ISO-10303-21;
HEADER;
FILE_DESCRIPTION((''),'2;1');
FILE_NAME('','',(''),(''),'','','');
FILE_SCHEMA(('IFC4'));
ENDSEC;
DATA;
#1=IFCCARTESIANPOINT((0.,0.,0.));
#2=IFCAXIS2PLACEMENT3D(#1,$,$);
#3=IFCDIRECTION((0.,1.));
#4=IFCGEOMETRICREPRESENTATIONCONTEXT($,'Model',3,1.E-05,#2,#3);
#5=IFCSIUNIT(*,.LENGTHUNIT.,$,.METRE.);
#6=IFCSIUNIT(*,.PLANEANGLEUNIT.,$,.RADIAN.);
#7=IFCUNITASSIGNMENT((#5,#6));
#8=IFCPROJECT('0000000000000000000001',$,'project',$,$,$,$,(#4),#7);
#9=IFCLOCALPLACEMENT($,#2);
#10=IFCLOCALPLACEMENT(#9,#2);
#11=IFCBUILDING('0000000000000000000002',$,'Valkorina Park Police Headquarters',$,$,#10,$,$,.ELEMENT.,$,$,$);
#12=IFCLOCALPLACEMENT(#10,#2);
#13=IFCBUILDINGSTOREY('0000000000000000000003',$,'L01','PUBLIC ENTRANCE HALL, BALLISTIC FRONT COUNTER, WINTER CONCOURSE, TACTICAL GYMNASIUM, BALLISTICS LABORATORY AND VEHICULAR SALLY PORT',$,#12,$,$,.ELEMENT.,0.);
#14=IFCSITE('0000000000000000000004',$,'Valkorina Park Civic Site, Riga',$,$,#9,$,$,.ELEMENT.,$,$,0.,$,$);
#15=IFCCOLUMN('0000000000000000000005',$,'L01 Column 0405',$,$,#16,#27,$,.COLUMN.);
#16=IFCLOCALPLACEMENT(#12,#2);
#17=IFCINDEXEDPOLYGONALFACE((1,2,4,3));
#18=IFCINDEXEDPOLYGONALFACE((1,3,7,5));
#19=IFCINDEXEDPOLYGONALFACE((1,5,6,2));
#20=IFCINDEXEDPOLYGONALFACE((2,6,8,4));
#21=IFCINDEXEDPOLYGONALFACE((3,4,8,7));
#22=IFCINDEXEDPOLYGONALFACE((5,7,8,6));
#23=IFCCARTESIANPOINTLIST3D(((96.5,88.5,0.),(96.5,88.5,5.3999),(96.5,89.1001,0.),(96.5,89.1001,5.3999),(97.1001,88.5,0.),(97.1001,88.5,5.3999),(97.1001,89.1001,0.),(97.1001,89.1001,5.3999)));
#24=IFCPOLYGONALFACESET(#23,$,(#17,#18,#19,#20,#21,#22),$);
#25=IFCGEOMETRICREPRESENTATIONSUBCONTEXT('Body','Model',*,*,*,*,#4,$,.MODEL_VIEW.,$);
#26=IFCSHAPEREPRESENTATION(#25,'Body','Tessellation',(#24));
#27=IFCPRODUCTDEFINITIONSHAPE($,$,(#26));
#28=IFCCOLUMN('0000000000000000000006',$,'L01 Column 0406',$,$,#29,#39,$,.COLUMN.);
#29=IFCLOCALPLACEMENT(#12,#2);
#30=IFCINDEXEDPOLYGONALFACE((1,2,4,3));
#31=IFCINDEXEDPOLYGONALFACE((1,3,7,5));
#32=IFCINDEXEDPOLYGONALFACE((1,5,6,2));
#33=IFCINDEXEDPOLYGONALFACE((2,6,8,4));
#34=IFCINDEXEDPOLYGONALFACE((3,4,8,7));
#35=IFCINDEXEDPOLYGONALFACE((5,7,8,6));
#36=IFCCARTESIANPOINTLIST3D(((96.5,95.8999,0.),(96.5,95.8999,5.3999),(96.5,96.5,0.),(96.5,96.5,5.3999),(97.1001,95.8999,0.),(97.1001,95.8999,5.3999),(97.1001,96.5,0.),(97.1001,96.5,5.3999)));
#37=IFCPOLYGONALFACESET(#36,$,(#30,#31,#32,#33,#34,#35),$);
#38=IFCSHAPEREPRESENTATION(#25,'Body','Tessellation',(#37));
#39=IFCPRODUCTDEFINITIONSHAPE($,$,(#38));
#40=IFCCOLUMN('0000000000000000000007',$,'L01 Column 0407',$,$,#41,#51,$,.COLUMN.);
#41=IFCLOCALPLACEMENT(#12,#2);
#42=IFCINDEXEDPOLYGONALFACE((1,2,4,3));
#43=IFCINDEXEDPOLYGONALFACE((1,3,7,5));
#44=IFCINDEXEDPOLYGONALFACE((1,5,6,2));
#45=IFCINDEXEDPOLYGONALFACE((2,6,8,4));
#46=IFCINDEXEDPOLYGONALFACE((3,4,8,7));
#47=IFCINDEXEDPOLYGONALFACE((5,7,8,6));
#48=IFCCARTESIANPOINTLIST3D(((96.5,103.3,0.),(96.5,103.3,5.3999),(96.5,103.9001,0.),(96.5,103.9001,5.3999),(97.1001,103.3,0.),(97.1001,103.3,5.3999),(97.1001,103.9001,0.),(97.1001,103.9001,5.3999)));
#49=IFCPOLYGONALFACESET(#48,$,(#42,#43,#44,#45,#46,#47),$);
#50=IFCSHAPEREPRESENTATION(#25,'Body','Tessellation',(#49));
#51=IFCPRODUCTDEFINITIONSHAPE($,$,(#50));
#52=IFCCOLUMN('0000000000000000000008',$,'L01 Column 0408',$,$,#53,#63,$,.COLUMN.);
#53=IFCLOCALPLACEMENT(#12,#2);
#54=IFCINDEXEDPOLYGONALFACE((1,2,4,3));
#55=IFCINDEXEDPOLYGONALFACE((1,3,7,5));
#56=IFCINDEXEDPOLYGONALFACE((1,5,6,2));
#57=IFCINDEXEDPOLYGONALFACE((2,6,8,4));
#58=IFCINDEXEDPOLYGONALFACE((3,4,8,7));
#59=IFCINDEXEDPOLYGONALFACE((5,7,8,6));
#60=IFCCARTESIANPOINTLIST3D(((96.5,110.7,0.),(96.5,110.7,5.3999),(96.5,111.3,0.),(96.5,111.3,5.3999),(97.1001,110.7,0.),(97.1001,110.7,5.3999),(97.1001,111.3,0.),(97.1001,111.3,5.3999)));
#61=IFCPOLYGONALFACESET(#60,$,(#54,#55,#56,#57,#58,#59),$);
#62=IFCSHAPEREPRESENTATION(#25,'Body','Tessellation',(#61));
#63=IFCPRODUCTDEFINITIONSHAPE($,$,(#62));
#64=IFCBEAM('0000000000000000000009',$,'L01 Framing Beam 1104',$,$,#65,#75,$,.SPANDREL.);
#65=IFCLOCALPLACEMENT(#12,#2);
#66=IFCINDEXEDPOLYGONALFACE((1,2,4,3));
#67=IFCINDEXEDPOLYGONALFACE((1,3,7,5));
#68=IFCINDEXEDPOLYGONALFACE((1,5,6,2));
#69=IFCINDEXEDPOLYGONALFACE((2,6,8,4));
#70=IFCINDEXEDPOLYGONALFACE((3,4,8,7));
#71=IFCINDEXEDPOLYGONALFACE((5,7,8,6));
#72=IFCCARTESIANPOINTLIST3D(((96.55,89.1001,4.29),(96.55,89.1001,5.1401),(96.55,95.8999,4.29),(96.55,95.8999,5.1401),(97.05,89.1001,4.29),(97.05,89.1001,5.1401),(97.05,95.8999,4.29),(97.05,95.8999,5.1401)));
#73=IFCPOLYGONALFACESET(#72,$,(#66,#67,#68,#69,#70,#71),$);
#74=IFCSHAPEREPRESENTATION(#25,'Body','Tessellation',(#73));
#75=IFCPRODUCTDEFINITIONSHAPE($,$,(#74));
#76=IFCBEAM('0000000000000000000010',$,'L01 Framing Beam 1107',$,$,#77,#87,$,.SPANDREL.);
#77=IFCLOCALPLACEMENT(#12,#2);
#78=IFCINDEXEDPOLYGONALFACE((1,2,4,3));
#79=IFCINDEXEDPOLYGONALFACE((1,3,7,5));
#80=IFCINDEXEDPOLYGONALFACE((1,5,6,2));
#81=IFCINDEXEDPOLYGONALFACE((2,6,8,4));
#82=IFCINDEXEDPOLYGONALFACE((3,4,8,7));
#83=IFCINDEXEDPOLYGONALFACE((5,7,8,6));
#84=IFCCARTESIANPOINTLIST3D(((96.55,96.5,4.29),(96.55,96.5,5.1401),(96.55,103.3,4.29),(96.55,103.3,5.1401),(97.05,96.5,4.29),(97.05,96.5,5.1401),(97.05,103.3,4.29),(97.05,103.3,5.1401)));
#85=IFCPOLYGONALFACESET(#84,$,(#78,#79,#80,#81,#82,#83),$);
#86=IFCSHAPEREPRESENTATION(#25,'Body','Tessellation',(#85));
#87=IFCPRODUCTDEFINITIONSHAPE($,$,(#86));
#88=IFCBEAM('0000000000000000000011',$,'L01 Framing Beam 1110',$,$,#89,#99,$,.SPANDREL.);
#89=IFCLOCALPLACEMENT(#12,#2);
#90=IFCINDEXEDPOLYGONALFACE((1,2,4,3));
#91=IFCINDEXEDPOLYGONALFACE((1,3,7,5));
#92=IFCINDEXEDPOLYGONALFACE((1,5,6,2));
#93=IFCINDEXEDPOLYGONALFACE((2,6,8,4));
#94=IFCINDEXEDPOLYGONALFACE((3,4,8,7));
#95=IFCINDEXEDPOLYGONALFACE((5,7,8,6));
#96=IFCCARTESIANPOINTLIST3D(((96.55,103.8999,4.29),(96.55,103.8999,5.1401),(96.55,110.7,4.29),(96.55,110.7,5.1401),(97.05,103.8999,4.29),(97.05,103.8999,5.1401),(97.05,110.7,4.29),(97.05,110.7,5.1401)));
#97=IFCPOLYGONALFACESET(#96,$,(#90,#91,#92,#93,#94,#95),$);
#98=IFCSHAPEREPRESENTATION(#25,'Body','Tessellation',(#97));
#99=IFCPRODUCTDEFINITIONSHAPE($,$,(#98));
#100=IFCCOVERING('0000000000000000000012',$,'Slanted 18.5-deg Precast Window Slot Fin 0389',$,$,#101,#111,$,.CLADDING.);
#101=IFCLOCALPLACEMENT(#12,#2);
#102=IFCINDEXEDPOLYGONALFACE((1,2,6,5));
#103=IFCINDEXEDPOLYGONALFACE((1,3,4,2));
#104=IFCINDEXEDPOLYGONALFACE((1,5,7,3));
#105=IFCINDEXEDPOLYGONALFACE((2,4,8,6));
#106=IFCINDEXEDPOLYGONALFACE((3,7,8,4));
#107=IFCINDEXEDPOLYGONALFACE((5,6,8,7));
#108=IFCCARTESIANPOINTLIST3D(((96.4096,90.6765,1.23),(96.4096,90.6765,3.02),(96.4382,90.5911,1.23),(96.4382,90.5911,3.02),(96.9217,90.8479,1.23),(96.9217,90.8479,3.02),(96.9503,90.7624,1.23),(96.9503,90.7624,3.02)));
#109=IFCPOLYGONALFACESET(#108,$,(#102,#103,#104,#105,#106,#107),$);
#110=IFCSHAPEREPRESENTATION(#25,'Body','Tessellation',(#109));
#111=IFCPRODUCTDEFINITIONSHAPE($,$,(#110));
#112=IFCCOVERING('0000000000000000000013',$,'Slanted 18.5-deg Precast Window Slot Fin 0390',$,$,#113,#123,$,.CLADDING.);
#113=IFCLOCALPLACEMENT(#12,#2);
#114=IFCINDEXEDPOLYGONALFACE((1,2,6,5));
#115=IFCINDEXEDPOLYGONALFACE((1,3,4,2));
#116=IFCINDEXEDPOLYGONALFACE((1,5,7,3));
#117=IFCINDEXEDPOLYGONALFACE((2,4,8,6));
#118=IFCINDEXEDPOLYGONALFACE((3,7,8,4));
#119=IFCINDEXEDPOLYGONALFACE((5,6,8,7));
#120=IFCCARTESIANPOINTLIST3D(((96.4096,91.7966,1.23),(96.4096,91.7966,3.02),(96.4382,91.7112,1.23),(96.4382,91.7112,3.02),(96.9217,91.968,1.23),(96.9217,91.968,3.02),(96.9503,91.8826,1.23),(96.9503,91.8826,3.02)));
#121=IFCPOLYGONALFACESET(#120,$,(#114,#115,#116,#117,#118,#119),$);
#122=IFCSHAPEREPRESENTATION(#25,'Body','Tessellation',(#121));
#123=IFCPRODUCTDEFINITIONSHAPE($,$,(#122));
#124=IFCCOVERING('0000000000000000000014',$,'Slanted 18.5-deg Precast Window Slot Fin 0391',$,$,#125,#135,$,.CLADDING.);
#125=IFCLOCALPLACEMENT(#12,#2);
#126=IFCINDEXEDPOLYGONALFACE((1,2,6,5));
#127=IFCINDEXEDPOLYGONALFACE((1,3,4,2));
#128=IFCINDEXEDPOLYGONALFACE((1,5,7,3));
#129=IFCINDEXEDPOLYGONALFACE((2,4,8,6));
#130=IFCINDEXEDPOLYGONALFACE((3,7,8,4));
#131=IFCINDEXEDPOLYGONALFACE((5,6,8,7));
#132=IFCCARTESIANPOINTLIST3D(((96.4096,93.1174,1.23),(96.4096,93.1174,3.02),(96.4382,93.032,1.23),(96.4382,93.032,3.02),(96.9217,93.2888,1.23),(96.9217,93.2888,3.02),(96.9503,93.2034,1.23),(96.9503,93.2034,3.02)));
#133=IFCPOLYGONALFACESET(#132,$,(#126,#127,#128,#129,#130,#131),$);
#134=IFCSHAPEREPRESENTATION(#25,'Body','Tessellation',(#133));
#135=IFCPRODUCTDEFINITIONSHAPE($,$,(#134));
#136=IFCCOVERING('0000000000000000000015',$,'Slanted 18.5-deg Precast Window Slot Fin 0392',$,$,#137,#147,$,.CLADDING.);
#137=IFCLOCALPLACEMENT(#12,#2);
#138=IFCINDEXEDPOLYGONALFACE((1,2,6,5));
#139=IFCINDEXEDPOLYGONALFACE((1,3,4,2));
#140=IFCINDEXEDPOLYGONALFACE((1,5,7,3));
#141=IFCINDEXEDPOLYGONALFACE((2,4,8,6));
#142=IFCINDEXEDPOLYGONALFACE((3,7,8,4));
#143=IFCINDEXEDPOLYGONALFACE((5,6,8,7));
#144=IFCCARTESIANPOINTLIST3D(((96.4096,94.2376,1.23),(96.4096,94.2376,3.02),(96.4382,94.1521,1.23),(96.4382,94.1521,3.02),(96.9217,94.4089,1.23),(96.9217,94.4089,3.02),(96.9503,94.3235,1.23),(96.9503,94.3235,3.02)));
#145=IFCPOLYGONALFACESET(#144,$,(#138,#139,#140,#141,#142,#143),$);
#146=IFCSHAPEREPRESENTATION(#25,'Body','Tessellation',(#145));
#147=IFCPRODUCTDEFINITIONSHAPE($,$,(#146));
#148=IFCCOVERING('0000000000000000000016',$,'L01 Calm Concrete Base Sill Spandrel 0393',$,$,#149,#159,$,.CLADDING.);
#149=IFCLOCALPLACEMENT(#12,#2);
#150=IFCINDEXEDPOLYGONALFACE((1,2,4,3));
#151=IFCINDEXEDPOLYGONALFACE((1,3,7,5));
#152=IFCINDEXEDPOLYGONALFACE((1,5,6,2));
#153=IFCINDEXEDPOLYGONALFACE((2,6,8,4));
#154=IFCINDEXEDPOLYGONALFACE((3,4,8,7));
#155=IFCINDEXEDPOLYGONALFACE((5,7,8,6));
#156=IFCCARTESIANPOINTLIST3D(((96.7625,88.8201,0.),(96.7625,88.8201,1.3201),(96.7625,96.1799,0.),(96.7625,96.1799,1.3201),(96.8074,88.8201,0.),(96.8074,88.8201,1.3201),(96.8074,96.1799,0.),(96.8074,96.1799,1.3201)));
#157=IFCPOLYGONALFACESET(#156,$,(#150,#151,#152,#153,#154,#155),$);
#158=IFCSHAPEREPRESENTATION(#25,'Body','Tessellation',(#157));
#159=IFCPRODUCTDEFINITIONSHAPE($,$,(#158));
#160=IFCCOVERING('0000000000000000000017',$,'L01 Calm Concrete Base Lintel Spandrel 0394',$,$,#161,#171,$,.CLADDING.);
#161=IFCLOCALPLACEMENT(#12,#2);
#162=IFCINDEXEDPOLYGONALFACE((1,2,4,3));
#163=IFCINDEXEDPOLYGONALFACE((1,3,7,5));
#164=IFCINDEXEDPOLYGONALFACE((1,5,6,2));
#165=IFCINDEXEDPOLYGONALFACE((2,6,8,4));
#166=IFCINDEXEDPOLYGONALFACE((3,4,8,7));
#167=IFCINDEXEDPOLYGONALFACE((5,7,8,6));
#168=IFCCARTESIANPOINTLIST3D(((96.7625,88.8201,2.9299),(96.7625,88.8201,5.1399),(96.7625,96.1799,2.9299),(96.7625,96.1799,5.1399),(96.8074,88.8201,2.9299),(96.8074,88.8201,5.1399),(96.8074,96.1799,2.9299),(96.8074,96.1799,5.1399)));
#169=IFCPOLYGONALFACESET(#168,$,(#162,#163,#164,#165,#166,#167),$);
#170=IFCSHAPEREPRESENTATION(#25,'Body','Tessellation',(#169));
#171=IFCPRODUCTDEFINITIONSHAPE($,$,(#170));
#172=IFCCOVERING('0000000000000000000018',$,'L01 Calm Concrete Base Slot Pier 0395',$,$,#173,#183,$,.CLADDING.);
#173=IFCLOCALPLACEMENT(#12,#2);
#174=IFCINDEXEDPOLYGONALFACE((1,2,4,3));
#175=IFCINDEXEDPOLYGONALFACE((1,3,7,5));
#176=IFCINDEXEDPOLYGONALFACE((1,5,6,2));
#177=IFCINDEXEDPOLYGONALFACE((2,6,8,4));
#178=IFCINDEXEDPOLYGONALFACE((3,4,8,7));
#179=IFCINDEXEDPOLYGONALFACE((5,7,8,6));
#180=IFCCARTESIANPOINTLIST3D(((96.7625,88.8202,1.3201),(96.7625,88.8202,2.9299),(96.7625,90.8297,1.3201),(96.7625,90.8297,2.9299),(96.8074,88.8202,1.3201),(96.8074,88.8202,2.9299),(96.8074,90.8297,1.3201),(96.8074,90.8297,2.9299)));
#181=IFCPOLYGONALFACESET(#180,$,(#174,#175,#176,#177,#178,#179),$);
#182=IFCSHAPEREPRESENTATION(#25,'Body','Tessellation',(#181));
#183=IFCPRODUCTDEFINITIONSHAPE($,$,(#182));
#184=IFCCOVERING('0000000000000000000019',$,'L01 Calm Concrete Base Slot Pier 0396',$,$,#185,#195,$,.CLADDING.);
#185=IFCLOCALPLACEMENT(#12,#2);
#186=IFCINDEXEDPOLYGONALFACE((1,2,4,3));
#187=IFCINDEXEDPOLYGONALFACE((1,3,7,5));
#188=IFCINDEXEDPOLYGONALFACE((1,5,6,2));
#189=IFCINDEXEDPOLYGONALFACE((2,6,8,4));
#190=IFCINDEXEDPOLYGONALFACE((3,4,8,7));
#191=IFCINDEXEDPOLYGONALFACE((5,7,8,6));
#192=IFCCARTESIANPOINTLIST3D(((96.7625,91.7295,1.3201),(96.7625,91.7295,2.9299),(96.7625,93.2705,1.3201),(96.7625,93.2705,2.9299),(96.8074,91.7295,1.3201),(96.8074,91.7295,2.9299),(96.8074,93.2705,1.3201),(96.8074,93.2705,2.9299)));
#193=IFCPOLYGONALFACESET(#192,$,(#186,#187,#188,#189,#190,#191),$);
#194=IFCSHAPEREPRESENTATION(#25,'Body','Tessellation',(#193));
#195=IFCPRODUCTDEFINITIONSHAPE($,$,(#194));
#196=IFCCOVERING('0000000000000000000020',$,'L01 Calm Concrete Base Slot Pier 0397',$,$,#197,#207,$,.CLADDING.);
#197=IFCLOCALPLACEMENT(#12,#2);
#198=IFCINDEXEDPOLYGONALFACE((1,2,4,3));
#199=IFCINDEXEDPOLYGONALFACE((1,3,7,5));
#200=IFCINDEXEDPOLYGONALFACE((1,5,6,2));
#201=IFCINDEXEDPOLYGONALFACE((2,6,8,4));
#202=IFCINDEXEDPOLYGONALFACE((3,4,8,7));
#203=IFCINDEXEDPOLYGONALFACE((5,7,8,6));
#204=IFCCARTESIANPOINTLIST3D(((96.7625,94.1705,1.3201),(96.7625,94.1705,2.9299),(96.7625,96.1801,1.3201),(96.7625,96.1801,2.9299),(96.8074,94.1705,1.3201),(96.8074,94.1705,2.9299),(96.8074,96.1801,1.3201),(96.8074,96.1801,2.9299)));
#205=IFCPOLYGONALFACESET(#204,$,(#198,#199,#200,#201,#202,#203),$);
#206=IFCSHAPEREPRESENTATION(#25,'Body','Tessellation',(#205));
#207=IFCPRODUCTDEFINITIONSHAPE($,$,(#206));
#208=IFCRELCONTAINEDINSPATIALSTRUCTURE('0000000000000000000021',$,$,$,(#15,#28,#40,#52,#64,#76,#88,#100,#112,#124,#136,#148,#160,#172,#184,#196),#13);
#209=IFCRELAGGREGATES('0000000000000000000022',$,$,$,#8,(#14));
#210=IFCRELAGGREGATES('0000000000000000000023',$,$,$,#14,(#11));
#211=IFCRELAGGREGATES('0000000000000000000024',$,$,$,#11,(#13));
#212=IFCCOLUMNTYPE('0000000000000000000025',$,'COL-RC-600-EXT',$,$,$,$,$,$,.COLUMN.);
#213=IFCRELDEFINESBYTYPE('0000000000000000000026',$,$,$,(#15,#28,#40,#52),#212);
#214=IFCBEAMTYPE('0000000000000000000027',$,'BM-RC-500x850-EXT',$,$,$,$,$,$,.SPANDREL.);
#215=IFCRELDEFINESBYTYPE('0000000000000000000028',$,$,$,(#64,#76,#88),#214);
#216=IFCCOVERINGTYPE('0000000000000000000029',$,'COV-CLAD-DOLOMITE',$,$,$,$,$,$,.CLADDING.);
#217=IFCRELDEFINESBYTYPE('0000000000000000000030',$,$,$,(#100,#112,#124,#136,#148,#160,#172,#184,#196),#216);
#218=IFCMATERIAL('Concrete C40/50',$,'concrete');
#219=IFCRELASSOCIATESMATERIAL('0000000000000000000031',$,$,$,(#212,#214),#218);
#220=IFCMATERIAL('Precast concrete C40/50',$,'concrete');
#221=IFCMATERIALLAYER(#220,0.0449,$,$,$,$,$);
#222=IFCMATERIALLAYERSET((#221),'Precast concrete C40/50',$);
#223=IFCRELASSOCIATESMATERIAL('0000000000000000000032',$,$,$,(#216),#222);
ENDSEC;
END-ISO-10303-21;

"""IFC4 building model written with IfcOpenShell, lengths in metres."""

from ifc_helpers import new_model, si_unit, direction, frame, frame_2d, origin, origin_2d, place, context, subcontext, project, spatial, rectangle, extrude, material, layer, layer_set, material_profile, profile_set, type_object, element, save


model = new_model("IFC4")

# Units and contexts
model_context = context("Model", 3, precision=1e-05, world=origin(), true_north=direction((0.0, 1.0)))
body_context = subcontext(model_context, "Body", "Model", "MODEL_VIEW")
ifc_project = project(units=[si_unit("LENGTHUNIT", "METRE"), si_unit("PLANEANGLEUNIT", "RADIAN")], contexts=[model_context])

# Site, building, storey
site_placement = place(None, origin())
site = spatial("IfcSite", under=ifc_project, at=site_placement, Name="Valkorina Park Civic Site, Riga", CompositionType="ELEMENT", RefElevation=0.0)
building_placement = place(site_placement, origin())
building = spatial("IfcBuilding", under=site, at=building_placement, Name="Valkorina Park Police Headquarters", CompositionType="ELEMENT")
storey_placement = place(building_placement, origin())
storey = spatial("IfcBuildingStorey", under=building, at=storey_placement, Name="L01", Description="PUBLIC ENTRANCE HALL, BALLISTIC FRONT COUNTER, WINTER CONCOURSE, TACTICAL GYMNASIUM, BALLISTICS LABORATORY AND VEHICULAR SALLY PORT", CompositionType="ELEMENT", Elevation=0.0)

# Columns
ifc_material_1 = material(Name="Concrete C40/50", Category="concrete")
ifc_material_profile_1 = material_profile(ifc_material_1, rectangle(XDim=0.6001, YDim=0.6001, at=origin_2d()), Name="RC COL 600x600")
ifc_profile_set_1 = profile_set([ifc_material_profile_1], Name="Concrete C40/50")
column_type = type_object("IfcColumnType", Name="COL-RC-600-EXT", PredefinedType="COLUMN", material=ifc_profile_set_1)
for number, where, z_axis, x_axis, name in (
    (1, (96.8, 88.8, 0.0), (0.0, 0.0, 1.0), (1.0, 0.0, 0.0), "L01 Column 0405"),
    (2, (96.8, 96.2, 0.0), (0.0, 0.0, 1.0), (1.0, 0.0, 0.0), "L01 Column 0406"),
    (3, (96.8, 103.6001, 0.0), (0.0, 0.0, 1.0), (1.0, 0.0, 0.0), "L01 Column 0407"),
    (4, (96.8, 111.0, 0.0), (0.0, 0.0, 1.0), (1.0, 0.0, 0.0), "L01 Column 0408"),
):
    element("IfcColumn", number, at=place(storey_placement, frame(where, z_axis=z_axis, x_axis=x_axis)), inside=storey, type_object=column_type, Name=name, PredefinedType="COLUMN", context=body_context, shape_type="SweptSolid", body=[
        extrude(rectangle(XDim=0.6001, YDim=0.6001, at=origin_2d()), origin(), (0.0, 0.0, 1.0), 5.3999),
    ])

# Beams
ifc_material_profile_2 = material_profile(ifc_material_1, rectangle(XDim=0.5, YDim=0.8501, at=origin_2d()), Name="RC BEAM 500x850")
ifc_profile_set_2 = profile_set([ifc_material_profile_2], Name="Concrete C40/50")
beam_type = type_object("IfcBeamType", Name="BM-RC-500x850-EXT", PredefinedType="SPANDREL", material=ifc_profile_set_2)
beam_placement = place(storey_placement, frame((96.8, 89.1001, 4.7151), z_axis=(0.0, 1.0, 0.0), x_axis=(-1.0, 0.0, 0.0)))
element("IfcBeam", 5, at=beam_placement, inside=storey, type_object=beam_type, Name="L01 Framing Beam 1104", PredefinedType="SPANDREL", context=body_context, shape_type="SweptSolid", body=[
    extrude(rectangle(XDim=0.5, YDim=0.8501, at=origin_2d()), origin(), (0.0, 0.0, 1.0), 6.7998),
])
for number, where, z_axis, x_axis, name in (
    (6, (96.8, 96.5, 4.7151), (0.0, 1.0, 0.0), (-1.0, 0.0, 0.0), "L01 Framing Beam 1107"),
    (7, (96.8, 103.8999, 4.7151), (0.0, 1.0, 0.0), (-1.0, 0.0, 0.0), "L01 Framing Beam 1110"),
):
    element("IfcBeam", number, at=place(storey_placement, frame(where, z_axis=z_axis, x_axis=x_axis)), inside=storey, type_object=beam_type, Name=name, PredefinedType="SPANDREL", context=body_context, shape_type="SweptSolid", body=[
        extrude(rectangle(XDim=0.5, YDim=0.8501, at=origin_2d()), origin(), (0.0, 0.0, 1.0), 6.8),
    ])

# Coverings
ifc_material_2 = material(Name="Precast concrete C40/50", Category="concrete")
ifc_layer = layer(ifc_material_2, 0.0449)
ifc_layer_set = layer_set([ifc_layer], Name="Precast concrete C40/50")
covering_type = type_object("IfcCoveringType", Name="COV-CLAD-DOLOMITE", PredefinedType="CLADDING", material=ifc_layer_set)
for number, where, z_axis, x_axis, name in (
    (8, (96.6799, 90.7195, 1.23), (0.0, 0.0, 1.0), (-0.948324, -0.317305, 0.0), "Slanted 18.5-deg Precast Window Slot Fin 0389"),
    (9, (96.6799, 91.8396, 1.23), (0.0, 0.0, 1.0), (-0.948324, -0.317305, 0.0), "Slanted 18.5-deg Precast Window Slot Fin 0390"),
    (10, (96.6799, 93.1604, 1.23), (0.0, 0.0, 1.0), (-0.948324, -0.317305, 0.0), "Slanted 18.5-deg Precast Window Slot Fin 0391"),
    (11, (96.6799, 94.2805, 1.23), (0.0, 0.0, 1.0), (-0.948324, -0.317305, 0.0), "Slanted 18.5-deg Precast Window Slot Fin 0392"),
):
    element("IfcCovering", number, at=place(storey_placement, frame(where, z_axis=z_axis, x_axis=x_axis)), inside=storey, type_object=covering_type, Name=name, PredefinedType="CLADDING", context=body_context, shape_type="SweptSolid", body=[
        extrude(rectangle(XDim=0.54, YDim=0.0901, at=origin_2d()), origin(), (0.0, 0.0, 1.0), 1.79),
    ])
covering_1_placement = place(storey_placement, frame((96.7849, 88.8201, 0.0), z_axis=(0.0, 0.0, 1.0), x_axis=(0.0, 1.0, 0.0)))
element("IfcCovering", 12, at=covering_1_placement, inside=storey, type_object=covering_type, Name="L01 Calm Concrete Base Sill Spandrel 0393", PredefinedType="CLADDING", context=body_context, shape_type="SweptSolid", body=[
    extrude(rectangle(XDim=7.3599, YDim=0.0449, at=frame_2d((3.6799, 0.0))), origin(), (0.0, 0.0, 1.0), 1.3201),
])
covering_2_placement = place(storey_placement, frame((96.7849, 88.8201, 2.9299), z_axis=(0.0, 0.0, 1.0), x_axis=(0.0, 1.0, 0.0)))
element("IfcCovering", 13, at=covering_2_placement, inside=storey, type_object=covering_type, Name="L01 Calm Concrete Base Lintel Spandrel 0394", PredefinedType="CLADDING", context=body_context, shape_type="SweptSolid", body=[
    extrude(rectangle(XDim=7.3599, YDim=0.0449, at=frame_2d((3.6799, 0.0))), origin(), (0.0, 0.0, 1.0), 2.21),
])
covering_3_placement = place(storey_placement, frame((96.7849, 88.8201, 1.3201), z_axis=(0.0, 0.0, 1.0), x_axis=(0.0, 1.0, 0.0)))
element("IfcCovering", 14, at=covering_3_placement, inside=storey, type_object=covering_type, Name="L01 Calm Concrete Base Slot Pier 0395", PredefinedType="CLADDING", context=body_context, shape_type="SweptSolid", body=[
    extrude(rectangle(XDim=2.0095, YDim=0.0449, at=frame_2d((1.0049, 0.0))), origin(), (0.0, 0.0, 1.0), 1.6099),
])
covering_4_placement = place(storey_placement, frame((96.7849, 91.7295, 1.3201), z_axis=(0.0, 0.0, 1.0), x_axis=(0.0, 1.0, 0.0)))
element("IfcCovering", 15, at=covering_4_placement, inside=storey, type_object=covering_type, Name="L01 Calm Concrete Base Slot Pier 0396", PredefinedType="CLADDING", context=body_context, shape_type="SweptSolid", body=[
    extrude(rectangle(XDim=1.541, YDim=0.0449, at=frame_2d((0.7705, 0.0))), origin(), (0.0, 0.0, 1.0), 1.6099),
])
covering_5_placement = place(storey_placement, frame((96.7849, 94.1704, 1.3201), z_axis=(0.0, 0.0, 1.0), x_axis=(0.0, 1.0, 0.0)))
element("IfcCovering", 16, at=covering_5_placement, inside=storey, type_object=covering_type, Name="L01 Calm Concrete Base Slot Pier 0397", PredefinedType="CLADDING", context=body_context, shape_type="SweptSolid", body=[
    extrude(rectangle(XDim=2.0095, YDim=0.0449, at=frame_2d((1.0049, 0.0))), origin(), (0.0, 0.0, 1.0), 1.6099),
])

save(model, "model.ifc")
